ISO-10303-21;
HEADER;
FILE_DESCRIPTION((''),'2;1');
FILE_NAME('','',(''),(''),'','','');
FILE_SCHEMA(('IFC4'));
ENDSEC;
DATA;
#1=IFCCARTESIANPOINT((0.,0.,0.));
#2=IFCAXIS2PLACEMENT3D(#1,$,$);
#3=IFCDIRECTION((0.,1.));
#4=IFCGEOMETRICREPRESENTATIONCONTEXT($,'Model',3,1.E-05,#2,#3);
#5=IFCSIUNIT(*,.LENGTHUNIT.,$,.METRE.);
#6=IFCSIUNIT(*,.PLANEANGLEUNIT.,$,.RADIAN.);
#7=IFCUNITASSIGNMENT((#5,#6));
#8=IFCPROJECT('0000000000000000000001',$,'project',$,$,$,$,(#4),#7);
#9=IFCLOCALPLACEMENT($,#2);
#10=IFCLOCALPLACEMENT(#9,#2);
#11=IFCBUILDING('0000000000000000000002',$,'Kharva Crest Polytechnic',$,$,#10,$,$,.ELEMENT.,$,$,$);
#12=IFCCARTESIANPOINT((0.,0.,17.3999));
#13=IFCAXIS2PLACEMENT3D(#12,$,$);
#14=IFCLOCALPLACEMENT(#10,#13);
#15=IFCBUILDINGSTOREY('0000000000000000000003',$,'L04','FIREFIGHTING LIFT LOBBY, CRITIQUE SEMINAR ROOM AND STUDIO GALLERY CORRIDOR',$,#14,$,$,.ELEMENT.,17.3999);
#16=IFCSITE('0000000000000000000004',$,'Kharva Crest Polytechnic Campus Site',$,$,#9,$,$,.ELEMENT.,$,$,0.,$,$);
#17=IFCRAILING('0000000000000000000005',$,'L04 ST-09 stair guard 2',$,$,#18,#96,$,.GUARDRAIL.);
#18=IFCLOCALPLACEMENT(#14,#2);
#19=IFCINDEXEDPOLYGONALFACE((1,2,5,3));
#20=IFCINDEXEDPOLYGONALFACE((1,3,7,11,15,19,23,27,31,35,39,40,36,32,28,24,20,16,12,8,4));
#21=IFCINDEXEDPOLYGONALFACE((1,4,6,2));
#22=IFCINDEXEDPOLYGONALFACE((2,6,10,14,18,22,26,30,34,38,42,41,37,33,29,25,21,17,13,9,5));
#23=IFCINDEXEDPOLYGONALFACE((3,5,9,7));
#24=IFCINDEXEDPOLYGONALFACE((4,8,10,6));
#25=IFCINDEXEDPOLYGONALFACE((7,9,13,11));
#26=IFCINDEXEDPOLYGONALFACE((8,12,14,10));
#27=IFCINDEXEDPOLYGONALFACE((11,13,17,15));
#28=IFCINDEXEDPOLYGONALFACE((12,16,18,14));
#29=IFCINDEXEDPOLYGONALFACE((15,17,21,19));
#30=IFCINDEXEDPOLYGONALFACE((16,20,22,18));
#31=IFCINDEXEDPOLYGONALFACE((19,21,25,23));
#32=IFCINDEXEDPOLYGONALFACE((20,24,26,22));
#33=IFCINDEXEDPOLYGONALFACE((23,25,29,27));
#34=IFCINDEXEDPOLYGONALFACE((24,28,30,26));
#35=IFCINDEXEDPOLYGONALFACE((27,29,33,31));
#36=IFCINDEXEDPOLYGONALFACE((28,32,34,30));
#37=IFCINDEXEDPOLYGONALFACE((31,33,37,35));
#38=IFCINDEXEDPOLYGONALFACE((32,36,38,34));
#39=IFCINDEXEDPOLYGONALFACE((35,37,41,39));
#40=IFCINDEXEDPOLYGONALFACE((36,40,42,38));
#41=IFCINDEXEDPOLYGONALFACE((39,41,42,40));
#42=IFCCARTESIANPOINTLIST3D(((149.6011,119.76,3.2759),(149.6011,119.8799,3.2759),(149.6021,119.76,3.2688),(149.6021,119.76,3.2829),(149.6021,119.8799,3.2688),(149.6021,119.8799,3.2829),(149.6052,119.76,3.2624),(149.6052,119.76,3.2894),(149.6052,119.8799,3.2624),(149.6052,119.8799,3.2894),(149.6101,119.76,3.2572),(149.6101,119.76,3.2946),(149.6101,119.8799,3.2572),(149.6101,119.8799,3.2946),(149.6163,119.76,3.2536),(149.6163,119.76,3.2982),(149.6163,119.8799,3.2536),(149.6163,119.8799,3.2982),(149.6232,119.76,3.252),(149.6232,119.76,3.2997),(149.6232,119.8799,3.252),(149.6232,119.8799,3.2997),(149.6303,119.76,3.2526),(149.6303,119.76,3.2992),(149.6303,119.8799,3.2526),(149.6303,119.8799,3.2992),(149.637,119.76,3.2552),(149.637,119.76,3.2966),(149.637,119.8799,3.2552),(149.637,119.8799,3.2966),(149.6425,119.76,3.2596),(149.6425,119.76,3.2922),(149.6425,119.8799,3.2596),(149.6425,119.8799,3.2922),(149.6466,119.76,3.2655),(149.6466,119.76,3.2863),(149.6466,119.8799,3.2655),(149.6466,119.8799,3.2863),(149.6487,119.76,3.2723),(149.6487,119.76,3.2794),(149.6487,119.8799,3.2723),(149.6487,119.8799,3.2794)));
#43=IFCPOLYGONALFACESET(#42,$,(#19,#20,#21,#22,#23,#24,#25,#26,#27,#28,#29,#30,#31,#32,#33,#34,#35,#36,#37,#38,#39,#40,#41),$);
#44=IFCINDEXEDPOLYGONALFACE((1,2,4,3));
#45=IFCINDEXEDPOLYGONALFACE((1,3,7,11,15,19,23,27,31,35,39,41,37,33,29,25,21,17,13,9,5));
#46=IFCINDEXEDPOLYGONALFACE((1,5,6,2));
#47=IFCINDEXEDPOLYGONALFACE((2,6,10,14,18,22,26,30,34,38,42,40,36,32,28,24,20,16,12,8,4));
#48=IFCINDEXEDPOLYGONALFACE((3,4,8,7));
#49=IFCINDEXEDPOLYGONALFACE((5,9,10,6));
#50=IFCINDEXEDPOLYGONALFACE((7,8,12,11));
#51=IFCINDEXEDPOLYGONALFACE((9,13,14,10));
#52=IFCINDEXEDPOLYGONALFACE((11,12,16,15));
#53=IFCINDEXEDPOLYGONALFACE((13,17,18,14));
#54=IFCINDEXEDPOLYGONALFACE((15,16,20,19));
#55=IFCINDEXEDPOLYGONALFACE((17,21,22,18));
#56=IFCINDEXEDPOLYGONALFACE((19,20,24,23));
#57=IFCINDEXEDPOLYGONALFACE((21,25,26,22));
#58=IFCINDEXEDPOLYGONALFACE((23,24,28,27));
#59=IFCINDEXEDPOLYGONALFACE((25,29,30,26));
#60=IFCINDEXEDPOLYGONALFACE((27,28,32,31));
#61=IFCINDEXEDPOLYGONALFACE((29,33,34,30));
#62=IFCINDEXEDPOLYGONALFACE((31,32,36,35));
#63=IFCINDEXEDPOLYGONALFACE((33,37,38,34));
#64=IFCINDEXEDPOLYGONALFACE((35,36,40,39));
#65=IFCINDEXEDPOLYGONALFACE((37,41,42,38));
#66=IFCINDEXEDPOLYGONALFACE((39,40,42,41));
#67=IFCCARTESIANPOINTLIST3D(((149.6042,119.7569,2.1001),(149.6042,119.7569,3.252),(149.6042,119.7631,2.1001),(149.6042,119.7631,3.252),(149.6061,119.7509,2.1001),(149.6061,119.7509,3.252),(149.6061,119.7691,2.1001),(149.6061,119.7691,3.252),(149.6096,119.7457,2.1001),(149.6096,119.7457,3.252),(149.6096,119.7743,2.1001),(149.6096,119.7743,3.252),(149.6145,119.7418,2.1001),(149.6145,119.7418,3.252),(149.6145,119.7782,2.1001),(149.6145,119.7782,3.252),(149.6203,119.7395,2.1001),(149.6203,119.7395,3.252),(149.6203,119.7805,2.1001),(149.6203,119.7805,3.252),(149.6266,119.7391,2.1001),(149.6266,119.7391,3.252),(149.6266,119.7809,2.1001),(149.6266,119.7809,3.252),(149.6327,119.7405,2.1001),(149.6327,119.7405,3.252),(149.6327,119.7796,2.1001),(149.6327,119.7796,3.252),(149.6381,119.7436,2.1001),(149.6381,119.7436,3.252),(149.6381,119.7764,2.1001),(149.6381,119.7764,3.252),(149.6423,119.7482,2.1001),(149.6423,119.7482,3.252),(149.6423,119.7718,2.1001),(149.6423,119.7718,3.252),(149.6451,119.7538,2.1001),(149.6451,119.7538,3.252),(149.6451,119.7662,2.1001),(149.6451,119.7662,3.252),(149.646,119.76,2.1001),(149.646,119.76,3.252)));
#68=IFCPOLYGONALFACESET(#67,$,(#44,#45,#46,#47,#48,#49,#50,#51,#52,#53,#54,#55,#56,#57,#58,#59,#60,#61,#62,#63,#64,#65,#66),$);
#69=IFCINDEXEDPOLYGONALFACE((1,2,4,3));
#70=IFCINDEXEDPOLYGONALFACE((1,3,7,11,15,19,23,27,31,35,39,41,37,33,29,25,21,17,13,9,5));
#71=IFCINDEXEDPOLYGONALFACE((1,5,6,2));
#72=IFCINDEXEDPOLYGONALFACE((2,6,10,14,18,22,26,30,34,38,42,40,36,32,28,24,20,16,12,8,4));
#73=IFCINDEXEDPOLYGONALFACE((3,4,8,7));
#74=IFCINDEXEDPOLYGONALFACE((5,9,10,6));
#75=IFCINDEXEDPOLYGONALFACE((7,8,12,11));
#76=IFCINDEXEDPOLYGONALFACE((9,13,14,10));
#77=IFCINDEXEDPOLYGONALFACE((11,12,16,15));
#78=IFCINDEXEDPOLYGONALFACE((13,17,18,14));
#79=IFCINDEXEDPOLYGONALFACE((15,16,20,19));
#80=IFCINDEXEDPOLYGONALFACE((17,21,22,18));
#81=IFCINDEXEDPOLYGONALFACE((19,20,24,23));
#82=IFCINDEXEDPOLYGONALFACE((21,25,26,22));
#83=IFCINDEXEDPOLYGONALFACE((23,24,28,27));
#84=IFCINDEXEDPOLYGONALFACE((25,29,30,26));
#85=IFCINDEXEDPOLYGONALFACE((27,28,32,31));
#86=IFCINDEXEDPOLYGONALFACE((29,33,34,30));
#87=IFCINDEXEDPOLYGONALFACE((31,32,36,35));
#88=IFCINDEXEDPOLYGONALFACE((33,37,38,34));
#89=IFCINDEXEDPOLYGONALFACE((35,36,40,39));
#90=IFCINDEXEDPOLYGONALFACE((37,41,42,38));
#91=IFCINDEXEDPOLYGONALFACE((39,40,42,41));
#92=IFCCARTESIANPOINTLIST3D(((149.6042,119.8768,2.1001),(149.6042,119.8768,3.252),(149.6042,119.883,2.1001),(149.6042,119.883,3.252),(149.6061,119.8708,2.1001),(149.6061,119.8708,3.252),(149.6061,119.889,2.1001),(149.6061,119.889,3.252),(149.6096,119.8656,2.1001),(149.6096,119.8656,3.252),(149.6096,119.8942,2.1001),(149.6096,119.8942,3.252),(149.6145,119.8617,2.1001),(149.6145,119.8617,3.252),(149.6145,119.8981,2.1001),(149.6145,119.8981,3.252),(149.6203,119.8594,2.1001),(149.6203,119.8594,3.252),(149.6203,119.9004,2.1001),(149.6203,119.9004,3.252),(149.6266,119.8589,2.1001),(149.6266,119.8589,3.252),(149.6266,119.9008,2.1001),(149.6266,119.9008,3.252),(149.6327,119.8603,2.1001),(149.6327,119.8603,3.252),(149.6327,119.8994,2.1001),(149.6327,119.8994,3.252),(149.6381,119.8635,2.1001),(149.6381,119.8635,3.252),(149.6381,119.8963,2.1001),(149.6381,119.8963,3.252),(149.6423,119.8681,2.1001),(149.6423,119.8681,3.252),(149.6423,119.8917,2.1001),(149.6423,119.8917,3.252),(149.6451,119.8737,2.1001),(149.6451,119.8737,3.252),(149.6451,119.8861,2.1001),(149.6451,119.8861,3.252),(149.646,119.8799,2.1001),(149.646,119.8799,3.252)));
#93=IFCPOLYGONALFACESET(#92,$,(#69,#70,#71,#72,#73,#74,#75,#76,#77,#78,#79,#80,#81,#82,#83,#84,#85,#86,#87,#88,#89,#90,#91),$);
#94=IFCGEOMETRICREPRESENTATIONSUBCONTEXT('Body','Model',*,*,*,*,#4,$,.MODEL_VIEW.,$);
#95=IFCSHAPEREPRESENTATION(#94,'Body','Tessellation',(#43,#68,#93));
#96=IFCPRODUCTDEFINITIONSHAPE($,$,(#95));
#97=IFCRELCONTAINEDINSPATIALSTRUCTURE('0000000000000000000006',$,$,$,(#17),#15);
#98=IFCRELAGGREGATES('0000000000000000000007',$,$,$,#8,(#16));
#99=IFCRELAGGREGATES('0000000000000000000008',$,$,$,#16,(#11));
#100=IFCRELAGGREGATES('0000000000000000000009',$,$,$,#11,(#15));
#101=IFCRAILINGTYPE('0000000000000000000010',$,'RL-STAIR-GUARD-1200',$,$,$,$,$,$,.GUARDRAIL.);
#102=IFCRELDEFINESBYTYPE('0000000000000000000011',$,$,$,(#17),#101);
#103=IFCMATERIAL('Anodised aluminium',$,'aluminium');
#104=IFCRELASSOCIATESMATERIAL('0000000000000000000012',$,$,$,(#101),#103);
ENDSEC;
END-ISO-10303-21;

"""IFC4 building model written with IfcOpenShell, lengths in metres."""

from ifc_helpers import new_model, si_unit, direction, frame, origin, origin_2d, place, context, subcontext, project, spatial, circle, extrude, material, type_object, element, save


model = new_model("IFC4")

# Units and contexts
model_context = context("Model", 3, precision=1e-05, world=origin(), true_north=direction((0.0, 1.0)))
body_context = subcontext(model_context, "Body", "Model", "MODEL_VIEW")
ifc_project = project(units=[si_unit("LENGTHUNIT", "METRE"), si_unit("PLANEANGLEUNIT", "RADIAN")], contexts=[model_context])

# Site, building, storey
site_placement = place(None, origin())
site = spatial("IfcSite", under=ifc_project, at=site_placement, Name="Kharva Crest Polytechnic Campus Site", CompositionType="ELEMENT", RefElevation=0.0)
building_placement = place(site_placement, origin())
building = spatial("IfcBuilding", under=site, at=building_placement, Name="Kharva Crest Polytechnic", CompositionType="ELEMENT")
storey_placement = place(building_placement, frame((0.0, 0.0, 17.3999)))
storey = spatial("IfcBuildingStorey", under=building, at=storey_placement, Name="L04", Description="FIREFIGHTING LIFT LOBBY, CRITIQUE SEMINAR ROOM AND STUDIO GALLERY CORRIDOR", CompositionType="ELEMENT", Elevation=17.3999)

# Railing
ifc_material_1 = material(Name="Anodised aluminium", Category="aluminium")
railing_type_1 = type_object("IfcRailingType", Name="RL-STAIR-GUARD-1200", PredefinedType="GUARDRAIL", material=ifc_material_1)
railing_1_placement = place(storey_placement, frame((149.625, 119.76, 2.1001)))
element("IfcRailing", 1, at=railing_1_placement, inside=storey, type_object=railing_type_1, Name="L04 ST-09 stair guard 2", PredefinedType="GUARDRAIL", context=body_context, shape_type="SweptSolid", body=[
    extrude(circle(Radius=0.0239, at=origin_2d()), frame((0.0, 0.0, 1.1758), z_axis=(0.0, 1.0, 0.0), x_axis=(-1.0, 0.0, 0.0)), (0.0, 0.0, 1.0), 0.1199),
    extrude(circle(Radius=0.021, at=origin_2d()), origin(), (0.0, 0.0, 1.0), 1.1519),
    extrude(circle(Radius=0.021, at=origin_2d()), frame((0.0, 0.1199, 0.0)), (0.0, 0.0, 1.0), 1.1519),
])

save(model, "model.ifc")
